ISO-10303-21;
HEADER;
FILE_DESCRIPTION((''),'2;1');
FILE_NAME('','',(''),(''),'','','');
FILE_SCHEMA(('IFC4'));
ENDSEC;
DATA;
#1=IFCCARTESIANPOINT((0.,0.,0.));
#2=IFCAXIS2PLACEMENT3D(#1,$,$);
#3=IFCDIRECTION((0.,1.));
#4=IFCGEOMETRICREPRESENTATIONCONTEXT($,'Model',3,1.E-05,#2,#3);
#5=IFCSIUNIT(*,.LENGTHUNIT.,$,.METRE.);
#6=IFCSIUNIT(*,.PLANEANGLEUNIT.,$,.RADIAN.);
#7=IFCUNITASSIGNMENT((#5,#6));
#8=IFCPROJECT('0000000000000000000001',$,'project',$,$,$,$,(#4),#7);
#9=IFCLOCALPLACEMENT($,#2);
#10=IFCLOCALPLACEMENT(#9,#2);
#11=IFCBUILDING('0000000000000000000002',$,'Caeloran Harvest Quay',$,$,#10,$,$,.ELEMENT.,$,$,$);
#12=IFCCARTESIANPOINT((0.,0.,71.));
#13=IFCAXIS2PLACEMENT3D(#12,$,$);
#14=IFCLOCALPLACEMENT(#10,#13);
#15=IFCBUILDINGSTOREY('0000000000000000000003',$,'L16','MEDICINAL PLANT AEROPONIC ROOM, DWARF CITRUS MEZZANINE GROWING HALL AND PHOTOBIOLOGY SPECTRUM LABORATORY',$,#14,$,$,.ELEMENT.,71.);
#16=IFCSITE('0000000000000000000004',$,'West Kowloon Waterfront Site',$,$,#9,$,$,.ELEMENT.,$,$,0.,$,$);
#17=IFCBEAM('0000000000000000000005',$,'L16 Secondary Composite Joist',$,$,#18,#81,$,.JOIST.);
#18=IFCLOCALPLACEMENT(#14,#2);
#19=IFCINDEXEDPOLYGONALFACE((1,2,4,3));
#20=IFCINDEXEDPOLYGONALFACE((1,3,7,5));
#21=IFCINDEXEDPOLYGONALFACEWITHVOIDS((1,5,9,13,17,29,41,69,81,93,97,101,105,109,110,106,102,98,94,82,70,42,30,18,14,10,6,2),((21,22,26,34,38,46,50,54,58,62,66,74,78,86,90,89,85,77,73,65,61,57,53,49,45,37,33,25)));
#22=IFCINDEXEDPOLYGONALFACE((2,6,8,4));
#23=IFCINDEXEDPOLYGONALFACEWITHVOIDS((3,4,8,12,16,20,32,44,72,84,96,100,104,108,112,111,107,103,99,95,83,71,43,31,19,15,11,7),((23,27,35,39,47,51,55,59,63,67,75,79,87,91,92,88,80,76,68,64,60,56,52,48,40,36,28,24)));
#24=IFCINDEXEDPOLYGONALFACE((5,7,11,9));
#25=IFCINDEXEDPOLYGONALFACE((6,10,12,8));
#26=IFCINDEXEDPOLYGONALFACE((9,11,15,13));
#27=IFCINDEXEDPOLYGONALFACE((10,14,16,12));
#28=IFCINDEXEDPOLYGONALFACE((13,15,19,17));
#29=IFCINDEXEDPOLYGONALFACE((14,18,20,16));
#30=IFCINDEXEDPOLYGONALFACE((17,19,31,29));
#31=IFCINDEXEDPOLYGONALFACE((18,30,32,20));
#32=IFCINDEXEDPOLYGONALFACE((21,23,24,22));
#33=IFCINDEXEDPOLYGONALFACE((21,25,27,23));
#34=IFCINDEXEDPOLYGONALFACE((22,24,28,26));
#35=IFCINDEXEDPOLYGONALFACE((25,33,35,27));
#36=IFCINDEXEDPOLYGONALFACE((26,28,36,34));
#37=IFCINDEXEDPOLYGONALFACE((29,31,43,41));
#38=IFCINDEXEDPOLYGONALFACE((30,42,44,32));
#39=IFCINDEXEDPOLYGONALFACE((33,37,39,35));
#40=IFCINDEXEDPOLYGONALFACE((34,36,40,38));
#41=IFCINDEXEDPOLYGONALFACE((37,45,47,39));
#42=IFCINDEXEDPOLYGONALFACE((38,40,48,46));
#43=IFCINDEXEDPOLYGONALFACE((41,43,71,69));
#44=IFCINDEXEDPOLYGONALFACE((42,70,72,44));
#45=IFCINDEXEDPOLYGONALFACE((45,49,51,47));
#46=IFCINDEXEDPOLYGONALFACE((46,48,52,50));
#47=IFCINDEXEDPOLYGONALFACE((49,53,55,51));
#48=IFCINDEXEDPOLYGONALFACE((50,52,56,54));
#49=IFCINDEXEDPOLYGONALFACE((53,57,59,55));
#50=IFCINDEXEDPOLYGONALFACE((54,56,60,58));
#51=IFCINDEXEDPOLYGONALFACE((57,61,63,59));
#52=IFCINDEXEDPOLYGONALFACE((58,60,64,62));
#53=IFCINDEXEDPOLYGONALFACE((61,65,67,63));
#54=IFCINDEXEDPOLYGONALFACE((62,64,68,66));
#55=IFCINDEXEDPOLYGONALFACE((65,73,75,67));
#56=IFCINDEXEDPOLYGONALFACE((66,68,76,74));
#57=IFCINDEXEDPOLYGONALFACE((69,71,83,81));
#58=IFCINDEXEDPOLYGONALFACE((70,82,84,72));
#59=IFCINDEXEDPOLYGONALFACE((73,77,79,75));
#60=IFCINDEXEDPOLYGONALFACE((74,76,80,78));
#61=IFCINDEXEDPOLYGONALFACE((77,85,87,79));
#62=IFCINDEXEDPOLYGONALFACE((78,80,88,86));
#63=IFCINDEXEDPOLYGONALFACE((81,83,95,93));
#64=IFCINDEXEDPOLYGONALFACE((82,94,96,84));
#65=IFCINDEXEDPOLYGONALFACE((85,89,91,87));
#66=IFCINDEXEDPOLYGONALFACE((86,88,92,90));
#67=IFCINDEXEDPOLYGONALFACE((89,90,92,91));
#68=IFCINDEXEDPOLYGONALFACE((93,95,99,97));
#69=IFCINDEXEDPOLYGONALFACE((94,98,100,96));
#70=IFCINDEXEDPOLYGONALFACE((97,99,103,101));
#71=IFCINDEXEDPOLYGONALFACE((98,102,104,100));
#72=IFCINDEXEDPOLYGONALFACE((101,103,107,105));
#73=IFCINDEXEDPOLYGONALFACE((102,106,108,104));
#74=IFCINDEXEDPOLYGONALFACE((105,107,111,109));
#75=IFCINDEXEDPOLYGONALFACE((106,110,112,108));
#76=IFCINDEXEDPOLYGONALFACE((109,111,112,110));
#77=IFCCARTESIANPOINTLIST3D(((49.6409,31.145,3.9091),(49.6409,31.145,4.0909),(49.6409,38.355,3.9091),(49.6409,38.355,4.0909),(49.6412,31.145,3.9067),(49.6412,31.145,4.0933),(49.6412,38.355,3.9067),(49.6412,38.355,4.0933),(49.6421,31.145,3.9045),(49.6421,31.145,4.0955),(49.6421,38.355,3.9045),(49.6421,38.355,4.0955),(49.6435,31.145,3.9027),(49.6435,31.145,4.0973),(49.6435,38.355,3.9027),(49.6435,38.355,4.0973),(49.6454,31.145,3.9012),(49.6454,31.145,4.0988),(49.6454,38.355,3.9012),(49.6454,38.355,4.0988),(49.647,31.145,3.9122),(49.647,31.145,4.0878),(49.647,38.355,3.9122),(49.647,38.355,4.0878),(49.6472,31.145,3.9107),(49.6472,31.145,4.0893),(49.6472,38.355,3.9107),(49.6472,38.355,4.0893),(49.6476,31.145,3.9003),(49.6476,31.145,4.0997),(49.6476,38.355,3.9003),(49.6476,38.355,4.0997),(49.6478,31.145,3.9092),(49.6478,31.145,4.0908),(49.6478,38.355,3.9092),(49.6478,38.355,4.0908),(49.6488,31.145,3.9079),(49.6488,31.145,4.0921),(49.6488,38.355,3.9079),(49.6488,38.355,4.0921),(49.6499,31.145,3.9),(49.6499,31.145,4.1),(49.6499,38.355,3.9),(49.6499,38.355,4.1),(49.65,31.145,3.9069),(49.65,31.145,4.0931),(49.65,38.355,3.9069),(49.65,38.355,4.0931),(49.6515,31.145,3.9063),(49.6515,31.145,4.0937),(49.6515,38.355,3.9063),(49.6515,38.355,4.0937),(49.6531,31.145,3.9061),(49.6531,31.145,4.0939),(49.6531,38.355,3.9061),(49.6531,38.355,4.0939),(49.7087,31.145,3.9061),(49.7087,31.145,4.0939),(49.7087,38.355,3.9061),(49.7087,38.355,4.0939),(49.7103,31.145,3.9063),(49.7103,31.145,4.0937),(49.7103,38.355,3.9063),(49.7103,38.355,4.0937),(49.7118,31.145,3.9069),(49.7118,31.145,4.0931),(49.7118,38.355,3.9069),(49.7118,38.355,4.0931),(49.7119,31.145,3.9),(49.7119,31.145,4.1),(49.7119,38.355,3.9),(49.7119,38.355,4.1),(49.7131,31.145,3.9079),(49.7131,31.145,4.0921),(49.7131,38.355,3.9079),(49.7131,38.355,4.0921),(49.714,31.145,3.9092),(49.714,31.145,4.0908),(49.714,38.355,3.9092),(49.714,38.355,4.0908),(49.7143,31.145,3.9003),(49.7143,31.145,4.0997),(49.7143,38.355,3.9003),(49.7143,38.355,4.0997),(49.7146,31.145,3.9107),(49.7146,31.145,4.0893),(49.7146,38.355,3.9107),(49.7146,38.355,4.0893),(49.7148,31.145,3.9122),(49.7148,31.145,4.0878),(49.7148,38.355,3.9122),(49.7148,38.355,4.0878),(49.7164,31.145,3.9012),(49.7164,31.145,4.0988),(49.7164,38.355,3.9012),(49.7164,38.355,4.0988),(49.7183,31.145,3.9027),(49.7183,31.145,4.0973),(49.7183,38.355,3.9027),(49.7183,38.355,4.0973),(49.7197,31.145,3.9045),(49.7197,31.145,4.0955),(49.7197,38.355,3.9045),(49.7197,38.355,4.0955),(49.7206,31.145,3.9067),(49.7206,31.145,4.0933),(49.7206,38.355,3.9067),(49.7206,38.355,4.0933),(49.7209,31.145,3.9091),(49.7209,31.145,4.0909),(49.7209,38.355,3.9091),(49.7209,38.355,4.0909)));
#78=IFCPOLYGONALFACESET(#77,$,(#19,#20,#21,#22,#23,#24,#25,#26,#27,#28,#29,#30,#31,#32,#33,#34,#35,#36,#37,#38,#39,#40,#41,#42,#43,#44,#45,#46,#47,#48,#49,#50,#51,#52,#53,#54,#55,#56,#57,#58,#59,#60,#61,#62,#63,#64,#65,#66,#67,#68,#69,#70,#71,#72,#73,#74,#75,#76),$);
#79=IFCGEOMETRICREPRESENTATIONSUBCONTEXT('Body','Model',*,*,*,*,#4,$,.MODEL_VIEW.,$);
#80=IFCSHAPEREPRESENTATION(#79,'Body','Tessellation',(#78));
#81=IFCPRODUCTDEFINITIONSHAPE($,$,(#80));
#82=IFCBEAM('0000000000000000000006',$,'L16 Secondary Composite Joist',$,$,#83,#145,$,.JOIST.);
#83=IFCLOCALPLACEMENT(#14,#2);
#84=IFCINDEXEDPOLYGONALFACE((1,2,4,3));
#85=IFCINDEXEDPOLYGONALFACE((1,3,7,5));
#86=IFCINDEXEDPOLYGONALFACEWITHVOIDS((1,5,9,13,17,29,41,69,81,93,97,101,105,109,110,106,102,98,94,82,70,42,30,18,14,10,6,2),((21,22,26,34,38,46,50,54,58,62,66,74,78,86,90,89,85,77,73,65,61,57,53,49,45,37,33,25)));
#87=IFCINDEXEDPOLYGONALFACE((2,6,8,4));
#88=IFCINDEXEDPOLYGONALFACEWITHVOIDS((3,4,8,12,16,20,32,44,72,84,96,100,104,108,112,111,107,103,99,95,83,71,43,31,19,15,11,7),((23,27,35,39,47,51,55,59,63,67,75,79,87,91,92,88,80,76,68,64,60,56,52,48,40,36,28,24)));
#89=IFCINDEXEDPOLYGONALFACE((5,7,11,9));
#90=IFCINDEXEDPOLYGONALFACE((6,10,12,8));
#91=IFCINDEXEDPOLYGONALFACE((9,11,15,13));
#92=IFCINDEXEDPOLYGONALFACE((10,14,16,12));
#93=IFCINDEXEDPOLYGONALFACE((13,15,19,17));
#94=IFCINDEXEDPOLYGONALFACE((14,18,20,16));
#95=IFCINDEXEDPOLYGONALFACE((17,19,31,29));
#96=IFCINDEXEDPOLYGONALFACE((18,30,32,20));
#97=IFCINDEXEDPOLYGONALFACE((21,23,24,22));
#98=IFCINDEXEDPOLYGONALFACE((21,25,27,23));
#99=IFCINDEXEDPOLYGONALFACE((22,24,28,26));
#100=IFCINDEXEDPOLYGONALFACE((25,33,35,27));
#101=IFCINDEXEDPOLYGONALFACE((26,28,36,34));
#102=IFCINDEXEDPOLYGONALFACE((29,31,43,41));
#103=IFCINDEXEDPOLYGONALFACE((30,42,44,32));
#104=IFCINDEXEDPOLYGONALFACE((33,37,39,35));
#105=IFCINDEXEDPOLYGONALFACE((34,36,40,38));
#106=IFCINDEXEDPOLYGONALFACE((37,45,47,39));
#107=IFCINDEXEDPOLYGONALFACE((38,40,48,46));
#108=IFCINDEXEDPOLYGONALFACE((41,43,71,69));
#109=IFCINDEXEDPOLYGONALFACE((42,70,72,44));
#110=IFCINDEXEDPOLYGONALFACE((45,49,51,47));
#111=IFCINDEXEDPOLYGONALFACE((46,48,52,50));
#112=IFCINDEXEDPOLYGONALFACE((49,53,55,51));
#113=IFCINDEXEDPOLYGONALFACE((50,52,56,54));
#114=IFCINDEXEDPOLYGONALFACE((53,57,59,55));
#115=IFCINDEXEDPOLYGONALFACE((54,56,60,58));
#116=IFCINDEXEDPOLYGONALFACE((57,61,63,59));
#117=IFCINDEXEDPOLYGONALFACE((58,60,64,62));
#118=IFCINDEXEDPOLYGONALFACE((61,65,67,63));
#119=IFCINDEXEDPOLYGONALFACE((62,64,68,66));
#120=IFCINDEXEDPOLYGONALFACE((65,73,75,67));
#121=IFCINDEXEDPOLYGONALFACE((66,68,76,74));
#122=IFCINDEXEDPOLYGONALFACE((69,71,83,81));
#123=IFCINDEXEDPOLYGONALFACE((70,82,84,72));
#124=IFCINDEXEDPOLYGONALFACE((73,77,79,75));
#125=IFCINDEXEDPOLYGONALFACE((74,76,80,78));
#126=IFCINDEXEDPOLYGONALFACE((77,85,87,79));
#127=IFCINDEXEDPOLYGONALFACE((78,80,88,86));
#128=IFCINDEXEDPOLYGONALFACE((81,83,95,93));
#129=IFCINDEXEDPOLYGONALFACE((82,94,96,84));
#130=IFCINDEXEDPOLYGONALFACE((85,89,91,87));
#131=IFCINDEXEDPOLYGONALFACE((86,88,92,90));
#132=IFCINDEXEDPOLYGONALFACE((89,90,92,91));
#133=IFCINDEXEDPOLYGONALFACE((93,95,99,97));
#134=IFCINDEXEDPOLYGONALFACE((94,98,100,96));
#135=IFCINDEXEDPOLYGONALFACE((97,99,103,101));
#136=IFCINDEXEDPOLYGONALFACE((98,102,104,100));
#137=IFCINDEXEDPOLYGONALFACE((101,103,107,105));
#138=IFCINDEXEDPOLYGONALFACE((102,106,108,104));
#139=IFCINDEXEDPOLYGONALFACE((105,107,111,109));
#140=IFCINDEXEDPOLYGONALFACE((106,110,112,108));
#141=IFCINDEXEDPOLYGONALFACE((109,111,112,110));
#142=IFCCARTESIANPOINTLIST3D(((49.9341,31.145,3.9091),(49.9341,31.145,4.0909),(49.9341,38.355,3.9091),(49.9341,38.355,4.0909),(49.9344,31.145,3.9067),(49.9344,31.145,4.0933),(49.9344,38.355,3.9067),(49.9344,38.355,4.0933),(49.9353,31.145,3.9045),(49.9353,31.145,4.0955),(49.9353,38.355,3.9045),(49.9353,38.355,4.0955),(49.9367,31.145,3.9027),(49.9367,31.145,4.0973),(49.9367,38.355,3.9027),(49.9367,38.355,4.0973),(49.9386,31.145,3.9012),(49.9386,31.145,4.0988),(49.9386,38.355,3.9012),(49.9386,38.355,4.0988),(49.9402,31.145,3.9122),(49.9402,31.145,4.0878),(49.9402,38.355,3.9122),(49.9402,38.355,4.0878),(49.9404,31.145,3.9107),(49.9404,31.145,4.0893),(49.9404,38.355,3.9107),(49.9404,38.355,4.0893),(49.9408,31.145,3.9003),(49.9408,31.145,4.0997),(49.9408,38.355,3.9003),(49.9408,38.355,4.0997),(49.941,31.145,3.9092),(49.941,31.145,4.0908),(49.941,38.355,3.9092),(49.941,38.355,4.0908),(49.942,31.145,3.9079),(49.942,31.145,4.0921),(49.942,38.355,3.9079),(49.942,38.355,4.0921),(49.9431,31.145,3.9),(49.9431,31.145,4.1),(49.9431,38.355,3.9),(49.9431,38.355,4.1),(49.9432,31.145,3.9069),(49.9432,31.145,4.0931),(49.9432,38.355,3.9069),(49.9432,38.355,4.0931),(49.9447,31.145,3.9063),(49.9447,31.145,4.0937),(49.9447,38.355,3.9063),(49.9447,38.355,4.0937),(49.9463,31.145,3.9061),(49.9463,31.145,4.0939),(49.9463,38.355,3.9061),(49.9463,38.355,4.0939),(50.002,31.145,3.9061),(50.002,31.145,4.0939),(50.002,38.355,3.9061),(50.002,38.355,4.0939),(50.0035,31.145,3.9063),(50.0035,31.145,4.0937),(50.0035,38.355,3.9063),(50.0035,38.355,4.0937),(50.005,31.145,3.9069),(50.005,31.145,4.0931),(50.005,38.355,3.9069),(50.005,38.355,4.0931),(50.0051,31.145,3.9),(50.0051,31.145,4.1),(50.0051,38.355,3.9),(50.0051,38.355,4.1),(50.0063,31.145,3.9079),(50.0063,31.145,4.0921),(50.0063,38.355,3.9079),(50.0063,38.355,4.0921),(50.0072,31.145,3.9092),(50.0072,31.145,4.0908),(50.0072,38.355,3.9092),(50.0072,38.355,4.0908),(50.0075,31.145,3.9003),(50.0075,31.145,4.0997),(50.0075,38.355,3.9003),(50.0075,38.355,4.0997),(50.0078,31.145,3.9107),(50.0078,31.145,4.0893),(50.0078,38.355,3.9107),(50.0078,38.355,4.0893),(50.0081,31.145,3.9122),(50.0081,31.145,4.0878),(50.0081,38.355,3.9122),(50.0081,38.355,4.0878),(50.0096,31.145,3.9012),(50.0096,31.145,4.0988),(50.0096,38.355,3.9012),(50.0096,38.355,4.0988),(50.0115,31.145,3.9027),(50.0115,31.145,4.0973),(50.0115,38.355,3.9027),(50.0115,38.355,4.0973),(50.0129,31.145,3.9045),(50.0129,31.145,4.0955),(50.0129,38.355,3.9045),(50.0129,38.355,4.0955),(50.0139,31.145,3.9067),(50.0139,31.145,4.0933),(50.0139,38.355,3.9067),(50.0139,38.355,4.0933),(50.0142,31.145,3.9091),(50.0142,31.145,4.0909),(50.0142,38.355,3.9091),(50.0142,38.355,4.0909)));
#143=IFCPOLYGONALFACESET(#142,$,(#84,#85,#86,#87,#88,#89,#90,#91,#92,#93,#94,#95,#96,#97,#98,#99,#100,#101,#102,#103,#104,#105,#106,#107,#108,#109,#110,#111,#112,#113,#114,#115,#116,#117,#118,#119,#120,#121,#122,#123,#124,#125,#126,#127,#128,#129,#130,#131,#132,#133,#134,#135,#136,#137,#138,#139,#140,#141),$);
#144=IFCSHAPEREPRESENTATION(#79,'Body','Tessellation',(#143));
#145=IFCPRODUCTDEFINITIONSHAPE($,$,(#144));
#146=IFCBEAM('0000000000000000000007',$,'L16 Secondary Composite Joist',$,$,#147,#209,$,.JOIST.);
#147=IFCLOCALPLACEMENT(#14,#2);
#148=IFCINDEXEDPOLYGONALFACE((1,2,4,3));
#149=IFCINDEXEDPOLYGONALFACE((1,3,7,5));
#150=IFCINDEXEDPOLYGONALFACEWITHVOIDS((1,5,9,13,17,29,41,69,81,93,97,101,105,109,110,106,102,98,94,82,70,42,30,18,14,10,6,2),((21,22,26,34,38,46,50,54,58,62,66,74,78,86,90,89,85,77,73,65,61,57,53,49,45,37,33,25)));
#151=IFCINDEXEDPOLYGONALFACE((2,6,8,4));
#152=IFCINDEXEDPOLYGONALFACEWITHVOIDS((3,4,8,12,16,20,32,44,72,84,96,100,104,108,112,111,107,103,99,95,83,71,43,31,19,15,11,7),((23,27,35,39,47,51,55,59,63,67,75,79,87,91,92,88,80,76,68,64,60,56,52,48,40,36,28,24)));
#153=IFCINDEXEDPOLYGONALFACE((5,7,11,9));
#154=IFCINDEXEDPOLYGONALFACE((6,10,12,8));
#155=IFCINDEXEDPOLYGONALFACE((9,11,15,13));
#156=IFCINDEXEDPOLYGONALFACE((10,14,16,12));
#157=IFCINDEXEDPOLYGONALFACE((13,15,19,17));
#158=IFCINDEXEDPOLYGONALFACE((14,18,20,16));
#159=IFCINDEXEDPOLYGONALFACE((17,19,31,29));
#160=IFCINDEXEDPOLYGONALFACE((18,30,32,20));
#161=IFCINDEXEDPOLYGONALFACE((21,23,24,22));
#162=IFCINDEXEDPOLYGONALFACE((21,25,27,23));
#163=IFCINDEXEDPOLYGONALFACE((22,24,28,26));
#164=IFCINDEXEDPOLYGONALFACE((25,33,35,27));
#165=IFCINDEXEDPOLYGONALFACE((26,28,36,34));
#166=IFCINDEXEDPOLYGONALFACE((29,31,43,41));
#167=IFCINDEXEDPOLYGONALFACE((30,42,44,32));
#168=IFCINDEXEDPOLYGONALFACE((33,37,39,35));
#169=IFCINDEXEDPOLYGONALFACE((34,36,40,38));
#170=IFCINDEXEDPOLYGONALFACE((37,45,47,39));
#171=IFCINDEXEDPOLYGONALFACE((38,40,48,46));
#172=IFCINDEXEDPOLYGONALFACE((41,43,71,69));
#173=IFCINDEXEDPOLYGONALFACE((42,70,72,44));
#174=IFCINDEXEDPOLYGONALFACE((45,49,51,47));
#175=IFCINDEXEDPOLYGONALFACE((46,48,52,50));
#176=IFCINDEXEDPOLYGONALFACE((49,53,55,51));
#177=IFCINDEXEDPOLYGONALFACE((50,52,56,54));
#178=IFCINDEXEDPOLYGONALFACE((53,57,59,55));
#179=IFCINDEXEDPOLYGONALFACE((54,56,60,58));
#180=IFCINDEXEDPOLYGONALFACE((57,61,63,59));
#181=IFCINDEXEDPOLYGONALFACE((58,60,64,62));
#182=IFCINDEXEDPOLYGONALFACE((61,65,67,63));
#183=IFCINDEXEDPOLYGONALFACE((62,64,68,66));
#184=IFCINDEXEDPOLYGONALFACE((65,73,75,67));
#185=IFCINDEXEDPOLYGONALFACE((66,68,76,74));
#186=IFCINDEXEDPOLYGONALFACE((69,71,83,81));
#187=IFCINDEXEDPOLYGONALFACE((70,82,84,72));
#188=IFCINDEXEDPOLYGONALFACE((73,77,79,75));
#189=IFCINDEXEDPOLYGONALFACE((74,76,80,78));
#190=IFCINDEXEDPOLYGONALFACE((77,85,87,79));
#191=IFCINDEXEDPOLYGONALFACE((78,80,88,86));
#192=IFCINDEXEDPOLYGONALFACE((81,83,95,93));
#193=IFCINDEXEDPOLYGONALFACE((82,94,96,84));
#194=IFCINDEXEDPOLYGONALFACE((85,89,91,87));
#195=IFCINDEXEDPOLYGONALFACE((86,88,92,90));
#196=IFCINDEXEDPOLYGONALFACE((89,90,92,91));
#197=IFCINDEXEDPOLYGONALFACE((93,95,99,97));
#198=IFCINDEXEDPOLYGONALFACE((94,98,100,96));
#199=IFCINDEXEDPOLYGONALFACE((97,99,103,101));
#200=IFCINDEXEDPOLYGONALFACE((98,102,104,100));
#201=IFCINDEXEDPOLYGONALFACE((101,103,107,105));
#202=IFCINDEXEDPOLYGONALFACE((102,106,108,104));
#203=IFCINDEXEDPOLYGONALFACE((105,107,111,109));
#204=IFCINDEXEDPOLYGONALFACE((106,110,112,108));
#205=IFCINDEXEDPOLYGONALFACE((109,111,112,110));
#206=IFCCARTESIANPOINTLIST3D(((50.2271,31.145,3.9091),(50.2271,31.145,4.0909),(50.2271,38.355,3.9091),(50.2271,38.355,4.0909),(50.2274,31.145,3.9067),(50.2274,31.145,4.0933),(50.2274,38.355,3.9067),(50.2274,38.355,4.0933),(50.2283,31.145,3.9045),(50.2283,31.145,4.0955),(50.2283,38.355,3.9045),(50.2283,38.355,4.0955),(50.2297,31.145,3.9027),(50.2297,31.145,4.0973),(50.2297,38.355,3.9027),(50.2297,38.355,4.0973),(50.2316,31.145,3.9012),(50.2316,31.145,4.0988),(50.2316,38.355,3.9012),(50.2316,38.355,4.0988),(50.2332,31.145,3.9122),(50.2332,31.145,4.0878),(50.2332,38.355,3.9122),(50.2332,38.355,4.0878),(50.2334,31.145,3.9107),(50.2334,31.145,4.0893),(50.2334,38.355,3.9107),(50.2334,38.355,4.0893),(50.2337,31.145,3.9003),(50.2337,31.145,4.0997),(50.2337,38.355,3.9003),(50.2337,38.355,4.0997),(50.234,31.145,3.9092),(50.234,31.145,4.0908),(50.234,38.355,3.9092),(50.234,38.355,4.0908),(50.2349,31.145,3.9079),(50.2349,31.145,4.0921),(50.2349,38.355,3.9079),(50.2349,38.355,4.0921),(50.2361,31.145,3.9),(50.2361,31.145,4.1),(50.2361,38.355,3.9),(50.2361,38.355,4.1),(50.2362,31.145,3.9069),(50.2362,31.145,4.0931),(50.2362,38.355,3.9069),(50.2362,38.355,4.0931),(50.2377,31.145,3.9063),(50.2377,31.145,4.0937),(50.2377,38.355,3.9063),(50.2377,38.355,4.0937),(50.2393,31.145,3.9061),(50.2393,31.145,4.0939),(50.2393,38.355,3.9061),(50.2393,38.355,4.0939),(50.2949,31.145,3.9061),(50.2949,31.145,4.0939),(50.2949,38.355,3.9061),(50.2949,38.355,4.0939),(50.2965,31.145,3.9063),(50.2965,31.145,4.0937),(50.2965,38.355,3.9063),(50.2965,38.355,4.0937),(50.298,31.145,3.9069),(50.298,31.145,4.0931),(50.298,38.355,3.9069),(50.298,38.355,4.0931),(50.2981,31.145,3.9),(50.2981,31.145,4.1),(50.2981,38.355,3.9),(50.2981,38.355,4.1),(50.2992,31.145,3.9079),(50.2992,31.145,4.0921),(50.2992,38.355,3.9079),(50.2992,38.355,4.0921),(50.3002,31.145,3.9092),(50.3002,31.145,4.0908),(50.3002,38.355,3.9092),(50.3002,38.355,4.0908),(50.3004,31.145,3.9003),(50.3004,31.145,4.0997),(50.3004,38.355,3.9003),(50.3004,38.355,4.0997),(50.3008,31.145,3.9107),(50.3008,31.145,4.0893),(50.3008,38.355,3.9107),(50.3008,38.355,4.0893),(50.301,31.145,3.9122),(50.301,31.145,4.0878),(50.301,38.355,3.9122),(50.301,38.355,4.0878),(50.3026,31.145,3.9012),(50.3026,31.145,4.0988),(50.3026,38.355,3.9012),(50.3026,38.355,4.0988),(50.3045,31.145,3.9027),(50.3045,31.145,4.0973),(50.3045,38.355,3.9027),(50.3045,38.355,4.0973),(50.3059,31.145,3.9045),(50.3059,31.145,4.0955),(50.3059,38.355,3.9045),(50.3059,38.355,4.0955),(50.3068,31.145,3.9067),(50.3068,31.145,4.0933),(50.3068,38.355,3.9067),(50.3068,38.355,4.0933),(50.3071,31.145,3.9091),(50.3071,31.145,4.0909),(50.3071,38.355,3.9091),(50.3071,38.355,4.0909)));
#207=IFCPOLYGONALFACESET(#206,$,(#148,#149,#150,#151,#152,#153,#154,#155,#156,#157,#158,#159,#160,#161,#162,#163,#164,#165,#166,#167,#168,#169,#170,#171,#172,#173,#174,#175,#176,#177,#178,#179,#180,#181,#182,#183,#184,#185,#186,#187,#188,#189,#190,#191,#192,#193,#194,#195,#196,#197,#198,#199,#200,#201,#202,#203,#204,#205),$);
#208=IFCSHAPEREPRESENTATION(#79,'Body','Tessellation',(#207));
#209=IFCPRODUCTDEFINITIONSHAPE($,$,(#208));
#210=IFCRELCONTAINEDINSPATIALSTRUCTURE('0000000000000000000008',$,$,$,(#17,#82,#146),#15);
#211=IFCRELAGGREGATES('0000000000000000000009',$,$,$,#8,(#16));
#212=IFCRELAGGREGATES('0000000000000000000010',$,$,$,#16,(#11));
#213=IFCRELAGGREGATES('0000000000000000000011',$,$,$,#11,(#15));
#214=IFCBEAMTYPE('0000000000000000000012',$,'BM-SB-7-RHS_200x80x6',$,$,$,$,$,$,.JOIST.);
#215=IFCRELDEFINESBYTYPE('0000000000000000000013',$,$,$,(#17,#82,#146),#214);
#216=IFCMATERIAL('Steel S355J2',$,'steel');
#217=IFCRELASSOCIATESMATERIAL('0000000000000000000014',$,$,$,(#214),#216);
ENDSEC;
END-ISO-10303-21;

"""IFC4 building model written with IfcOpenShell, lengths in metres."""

from ifc_helpers import new_model, si_unit, direction, frame, origin, origin_2d, place, context, subcontext, project, spatial, hollow_rectangle, extrude, material, material_profile, profile_set, type_object, element, save


model = new_model("IFC4")

# Units and contexts
model_context = context("Model", 3, precision=1e-05, world=origin(), true_north=direction((0.0, 1.0)))
body_context = subcontext(model_context, "Body", "Model", "MODEL_VIEW")
ifc_project = project(units=[si_unit("LENGTHUNIT", "METRE"), si_unit("PLANEANGLEUNIT", "RADIAN")], contexts=[model_context])

# Site, building, storey
site_placement = place(None, origin())
site = spatial("IfcSite", under=ifc_project, at=site_placement, Name="West Kowloon Waterfront Site", CompositionType="ELEMENT", RefElevation=0.0)
building_placement = place(site_placement, origin())
building = spatial("IfcBuilding", under=site, at=building_placement, Name="Caeloran Harvest Quay", CompositionType="ELEMENT")
storey_placement = place(building_placement, frame((0.0, 0.0, 71.0)))
storey = spatial("IfcBuildingStorey", under=building, at=storey_placement, Name="L16", Description="MEDICINAL PLANT AEROPONIC ROOM, DWARF CITRUS MEZZANINE GROWING HALL AND PHOTOBIOLOGY SPECTRUM LABORATORY", CompositionType="ELEMENT", Elevation=71.0)

# Beams
ifc_material_1 = material(Name="Steel S355J2", Category="steel")
ifc_material_profile_1 = material_profile(ifc_material_1, hollow_rectangle(XDim=0.0801, YDim=0.2, WallThickness=0.0061, InnerFilletRadius=0.0061, OuterFilletRadius=0.009, at=origin_2d()), Name="RHS 200x80x6")
ifc_profile_set_1 = profile_set([ifc_material_profile_1], Name="Steel S355J2")
beam_type_1 = type_object("IfcBeamType", Name="BM-SB-7-RHS_200x80x6", PredefinedType="JOIST", material=ifc_profile_set_1)
for number, where, z_axis, x_axis, name in (
    (1, (49.6809, 31.145, 4.0), (0.0, 1.0, 0.0), (-1.0, 0.0, 0.0), "L16 Secondary Composite Joist"),
    (2, (49.9741, 31.145, 4.0), (0.0, 1.0, 0.0), (-1.0, 0.0, 0.0), "L16 Secondary Composite Joist"),
    (3, (50.2671, 31.145, 4.0), (0.0, 1.0, 0.0), (-1.0, 0.0, 0.0), "L16 Secondary Composite Joist"),
):
    element("IfcBeam", number, at=place(storey_placement, frame(where, z_axis=z_axis, x_axis=x_axis)), inside=storey, type_object=beam_type_1, Name=name, PredefinedType="JOIST", context=body_context, shape_type="SweptSolid", body=[
        extrude(hollow_rectangle(XDim=0.0801, YDim=0.2, WallThickness=0.0061, InnerFilletRadius=0.0061, OuterFilletRadius=0.009, at=origin_2d()), origin(), (0.0, 0.0, 1.0), 7.21),
    ])

save(model, "model.ifc")
